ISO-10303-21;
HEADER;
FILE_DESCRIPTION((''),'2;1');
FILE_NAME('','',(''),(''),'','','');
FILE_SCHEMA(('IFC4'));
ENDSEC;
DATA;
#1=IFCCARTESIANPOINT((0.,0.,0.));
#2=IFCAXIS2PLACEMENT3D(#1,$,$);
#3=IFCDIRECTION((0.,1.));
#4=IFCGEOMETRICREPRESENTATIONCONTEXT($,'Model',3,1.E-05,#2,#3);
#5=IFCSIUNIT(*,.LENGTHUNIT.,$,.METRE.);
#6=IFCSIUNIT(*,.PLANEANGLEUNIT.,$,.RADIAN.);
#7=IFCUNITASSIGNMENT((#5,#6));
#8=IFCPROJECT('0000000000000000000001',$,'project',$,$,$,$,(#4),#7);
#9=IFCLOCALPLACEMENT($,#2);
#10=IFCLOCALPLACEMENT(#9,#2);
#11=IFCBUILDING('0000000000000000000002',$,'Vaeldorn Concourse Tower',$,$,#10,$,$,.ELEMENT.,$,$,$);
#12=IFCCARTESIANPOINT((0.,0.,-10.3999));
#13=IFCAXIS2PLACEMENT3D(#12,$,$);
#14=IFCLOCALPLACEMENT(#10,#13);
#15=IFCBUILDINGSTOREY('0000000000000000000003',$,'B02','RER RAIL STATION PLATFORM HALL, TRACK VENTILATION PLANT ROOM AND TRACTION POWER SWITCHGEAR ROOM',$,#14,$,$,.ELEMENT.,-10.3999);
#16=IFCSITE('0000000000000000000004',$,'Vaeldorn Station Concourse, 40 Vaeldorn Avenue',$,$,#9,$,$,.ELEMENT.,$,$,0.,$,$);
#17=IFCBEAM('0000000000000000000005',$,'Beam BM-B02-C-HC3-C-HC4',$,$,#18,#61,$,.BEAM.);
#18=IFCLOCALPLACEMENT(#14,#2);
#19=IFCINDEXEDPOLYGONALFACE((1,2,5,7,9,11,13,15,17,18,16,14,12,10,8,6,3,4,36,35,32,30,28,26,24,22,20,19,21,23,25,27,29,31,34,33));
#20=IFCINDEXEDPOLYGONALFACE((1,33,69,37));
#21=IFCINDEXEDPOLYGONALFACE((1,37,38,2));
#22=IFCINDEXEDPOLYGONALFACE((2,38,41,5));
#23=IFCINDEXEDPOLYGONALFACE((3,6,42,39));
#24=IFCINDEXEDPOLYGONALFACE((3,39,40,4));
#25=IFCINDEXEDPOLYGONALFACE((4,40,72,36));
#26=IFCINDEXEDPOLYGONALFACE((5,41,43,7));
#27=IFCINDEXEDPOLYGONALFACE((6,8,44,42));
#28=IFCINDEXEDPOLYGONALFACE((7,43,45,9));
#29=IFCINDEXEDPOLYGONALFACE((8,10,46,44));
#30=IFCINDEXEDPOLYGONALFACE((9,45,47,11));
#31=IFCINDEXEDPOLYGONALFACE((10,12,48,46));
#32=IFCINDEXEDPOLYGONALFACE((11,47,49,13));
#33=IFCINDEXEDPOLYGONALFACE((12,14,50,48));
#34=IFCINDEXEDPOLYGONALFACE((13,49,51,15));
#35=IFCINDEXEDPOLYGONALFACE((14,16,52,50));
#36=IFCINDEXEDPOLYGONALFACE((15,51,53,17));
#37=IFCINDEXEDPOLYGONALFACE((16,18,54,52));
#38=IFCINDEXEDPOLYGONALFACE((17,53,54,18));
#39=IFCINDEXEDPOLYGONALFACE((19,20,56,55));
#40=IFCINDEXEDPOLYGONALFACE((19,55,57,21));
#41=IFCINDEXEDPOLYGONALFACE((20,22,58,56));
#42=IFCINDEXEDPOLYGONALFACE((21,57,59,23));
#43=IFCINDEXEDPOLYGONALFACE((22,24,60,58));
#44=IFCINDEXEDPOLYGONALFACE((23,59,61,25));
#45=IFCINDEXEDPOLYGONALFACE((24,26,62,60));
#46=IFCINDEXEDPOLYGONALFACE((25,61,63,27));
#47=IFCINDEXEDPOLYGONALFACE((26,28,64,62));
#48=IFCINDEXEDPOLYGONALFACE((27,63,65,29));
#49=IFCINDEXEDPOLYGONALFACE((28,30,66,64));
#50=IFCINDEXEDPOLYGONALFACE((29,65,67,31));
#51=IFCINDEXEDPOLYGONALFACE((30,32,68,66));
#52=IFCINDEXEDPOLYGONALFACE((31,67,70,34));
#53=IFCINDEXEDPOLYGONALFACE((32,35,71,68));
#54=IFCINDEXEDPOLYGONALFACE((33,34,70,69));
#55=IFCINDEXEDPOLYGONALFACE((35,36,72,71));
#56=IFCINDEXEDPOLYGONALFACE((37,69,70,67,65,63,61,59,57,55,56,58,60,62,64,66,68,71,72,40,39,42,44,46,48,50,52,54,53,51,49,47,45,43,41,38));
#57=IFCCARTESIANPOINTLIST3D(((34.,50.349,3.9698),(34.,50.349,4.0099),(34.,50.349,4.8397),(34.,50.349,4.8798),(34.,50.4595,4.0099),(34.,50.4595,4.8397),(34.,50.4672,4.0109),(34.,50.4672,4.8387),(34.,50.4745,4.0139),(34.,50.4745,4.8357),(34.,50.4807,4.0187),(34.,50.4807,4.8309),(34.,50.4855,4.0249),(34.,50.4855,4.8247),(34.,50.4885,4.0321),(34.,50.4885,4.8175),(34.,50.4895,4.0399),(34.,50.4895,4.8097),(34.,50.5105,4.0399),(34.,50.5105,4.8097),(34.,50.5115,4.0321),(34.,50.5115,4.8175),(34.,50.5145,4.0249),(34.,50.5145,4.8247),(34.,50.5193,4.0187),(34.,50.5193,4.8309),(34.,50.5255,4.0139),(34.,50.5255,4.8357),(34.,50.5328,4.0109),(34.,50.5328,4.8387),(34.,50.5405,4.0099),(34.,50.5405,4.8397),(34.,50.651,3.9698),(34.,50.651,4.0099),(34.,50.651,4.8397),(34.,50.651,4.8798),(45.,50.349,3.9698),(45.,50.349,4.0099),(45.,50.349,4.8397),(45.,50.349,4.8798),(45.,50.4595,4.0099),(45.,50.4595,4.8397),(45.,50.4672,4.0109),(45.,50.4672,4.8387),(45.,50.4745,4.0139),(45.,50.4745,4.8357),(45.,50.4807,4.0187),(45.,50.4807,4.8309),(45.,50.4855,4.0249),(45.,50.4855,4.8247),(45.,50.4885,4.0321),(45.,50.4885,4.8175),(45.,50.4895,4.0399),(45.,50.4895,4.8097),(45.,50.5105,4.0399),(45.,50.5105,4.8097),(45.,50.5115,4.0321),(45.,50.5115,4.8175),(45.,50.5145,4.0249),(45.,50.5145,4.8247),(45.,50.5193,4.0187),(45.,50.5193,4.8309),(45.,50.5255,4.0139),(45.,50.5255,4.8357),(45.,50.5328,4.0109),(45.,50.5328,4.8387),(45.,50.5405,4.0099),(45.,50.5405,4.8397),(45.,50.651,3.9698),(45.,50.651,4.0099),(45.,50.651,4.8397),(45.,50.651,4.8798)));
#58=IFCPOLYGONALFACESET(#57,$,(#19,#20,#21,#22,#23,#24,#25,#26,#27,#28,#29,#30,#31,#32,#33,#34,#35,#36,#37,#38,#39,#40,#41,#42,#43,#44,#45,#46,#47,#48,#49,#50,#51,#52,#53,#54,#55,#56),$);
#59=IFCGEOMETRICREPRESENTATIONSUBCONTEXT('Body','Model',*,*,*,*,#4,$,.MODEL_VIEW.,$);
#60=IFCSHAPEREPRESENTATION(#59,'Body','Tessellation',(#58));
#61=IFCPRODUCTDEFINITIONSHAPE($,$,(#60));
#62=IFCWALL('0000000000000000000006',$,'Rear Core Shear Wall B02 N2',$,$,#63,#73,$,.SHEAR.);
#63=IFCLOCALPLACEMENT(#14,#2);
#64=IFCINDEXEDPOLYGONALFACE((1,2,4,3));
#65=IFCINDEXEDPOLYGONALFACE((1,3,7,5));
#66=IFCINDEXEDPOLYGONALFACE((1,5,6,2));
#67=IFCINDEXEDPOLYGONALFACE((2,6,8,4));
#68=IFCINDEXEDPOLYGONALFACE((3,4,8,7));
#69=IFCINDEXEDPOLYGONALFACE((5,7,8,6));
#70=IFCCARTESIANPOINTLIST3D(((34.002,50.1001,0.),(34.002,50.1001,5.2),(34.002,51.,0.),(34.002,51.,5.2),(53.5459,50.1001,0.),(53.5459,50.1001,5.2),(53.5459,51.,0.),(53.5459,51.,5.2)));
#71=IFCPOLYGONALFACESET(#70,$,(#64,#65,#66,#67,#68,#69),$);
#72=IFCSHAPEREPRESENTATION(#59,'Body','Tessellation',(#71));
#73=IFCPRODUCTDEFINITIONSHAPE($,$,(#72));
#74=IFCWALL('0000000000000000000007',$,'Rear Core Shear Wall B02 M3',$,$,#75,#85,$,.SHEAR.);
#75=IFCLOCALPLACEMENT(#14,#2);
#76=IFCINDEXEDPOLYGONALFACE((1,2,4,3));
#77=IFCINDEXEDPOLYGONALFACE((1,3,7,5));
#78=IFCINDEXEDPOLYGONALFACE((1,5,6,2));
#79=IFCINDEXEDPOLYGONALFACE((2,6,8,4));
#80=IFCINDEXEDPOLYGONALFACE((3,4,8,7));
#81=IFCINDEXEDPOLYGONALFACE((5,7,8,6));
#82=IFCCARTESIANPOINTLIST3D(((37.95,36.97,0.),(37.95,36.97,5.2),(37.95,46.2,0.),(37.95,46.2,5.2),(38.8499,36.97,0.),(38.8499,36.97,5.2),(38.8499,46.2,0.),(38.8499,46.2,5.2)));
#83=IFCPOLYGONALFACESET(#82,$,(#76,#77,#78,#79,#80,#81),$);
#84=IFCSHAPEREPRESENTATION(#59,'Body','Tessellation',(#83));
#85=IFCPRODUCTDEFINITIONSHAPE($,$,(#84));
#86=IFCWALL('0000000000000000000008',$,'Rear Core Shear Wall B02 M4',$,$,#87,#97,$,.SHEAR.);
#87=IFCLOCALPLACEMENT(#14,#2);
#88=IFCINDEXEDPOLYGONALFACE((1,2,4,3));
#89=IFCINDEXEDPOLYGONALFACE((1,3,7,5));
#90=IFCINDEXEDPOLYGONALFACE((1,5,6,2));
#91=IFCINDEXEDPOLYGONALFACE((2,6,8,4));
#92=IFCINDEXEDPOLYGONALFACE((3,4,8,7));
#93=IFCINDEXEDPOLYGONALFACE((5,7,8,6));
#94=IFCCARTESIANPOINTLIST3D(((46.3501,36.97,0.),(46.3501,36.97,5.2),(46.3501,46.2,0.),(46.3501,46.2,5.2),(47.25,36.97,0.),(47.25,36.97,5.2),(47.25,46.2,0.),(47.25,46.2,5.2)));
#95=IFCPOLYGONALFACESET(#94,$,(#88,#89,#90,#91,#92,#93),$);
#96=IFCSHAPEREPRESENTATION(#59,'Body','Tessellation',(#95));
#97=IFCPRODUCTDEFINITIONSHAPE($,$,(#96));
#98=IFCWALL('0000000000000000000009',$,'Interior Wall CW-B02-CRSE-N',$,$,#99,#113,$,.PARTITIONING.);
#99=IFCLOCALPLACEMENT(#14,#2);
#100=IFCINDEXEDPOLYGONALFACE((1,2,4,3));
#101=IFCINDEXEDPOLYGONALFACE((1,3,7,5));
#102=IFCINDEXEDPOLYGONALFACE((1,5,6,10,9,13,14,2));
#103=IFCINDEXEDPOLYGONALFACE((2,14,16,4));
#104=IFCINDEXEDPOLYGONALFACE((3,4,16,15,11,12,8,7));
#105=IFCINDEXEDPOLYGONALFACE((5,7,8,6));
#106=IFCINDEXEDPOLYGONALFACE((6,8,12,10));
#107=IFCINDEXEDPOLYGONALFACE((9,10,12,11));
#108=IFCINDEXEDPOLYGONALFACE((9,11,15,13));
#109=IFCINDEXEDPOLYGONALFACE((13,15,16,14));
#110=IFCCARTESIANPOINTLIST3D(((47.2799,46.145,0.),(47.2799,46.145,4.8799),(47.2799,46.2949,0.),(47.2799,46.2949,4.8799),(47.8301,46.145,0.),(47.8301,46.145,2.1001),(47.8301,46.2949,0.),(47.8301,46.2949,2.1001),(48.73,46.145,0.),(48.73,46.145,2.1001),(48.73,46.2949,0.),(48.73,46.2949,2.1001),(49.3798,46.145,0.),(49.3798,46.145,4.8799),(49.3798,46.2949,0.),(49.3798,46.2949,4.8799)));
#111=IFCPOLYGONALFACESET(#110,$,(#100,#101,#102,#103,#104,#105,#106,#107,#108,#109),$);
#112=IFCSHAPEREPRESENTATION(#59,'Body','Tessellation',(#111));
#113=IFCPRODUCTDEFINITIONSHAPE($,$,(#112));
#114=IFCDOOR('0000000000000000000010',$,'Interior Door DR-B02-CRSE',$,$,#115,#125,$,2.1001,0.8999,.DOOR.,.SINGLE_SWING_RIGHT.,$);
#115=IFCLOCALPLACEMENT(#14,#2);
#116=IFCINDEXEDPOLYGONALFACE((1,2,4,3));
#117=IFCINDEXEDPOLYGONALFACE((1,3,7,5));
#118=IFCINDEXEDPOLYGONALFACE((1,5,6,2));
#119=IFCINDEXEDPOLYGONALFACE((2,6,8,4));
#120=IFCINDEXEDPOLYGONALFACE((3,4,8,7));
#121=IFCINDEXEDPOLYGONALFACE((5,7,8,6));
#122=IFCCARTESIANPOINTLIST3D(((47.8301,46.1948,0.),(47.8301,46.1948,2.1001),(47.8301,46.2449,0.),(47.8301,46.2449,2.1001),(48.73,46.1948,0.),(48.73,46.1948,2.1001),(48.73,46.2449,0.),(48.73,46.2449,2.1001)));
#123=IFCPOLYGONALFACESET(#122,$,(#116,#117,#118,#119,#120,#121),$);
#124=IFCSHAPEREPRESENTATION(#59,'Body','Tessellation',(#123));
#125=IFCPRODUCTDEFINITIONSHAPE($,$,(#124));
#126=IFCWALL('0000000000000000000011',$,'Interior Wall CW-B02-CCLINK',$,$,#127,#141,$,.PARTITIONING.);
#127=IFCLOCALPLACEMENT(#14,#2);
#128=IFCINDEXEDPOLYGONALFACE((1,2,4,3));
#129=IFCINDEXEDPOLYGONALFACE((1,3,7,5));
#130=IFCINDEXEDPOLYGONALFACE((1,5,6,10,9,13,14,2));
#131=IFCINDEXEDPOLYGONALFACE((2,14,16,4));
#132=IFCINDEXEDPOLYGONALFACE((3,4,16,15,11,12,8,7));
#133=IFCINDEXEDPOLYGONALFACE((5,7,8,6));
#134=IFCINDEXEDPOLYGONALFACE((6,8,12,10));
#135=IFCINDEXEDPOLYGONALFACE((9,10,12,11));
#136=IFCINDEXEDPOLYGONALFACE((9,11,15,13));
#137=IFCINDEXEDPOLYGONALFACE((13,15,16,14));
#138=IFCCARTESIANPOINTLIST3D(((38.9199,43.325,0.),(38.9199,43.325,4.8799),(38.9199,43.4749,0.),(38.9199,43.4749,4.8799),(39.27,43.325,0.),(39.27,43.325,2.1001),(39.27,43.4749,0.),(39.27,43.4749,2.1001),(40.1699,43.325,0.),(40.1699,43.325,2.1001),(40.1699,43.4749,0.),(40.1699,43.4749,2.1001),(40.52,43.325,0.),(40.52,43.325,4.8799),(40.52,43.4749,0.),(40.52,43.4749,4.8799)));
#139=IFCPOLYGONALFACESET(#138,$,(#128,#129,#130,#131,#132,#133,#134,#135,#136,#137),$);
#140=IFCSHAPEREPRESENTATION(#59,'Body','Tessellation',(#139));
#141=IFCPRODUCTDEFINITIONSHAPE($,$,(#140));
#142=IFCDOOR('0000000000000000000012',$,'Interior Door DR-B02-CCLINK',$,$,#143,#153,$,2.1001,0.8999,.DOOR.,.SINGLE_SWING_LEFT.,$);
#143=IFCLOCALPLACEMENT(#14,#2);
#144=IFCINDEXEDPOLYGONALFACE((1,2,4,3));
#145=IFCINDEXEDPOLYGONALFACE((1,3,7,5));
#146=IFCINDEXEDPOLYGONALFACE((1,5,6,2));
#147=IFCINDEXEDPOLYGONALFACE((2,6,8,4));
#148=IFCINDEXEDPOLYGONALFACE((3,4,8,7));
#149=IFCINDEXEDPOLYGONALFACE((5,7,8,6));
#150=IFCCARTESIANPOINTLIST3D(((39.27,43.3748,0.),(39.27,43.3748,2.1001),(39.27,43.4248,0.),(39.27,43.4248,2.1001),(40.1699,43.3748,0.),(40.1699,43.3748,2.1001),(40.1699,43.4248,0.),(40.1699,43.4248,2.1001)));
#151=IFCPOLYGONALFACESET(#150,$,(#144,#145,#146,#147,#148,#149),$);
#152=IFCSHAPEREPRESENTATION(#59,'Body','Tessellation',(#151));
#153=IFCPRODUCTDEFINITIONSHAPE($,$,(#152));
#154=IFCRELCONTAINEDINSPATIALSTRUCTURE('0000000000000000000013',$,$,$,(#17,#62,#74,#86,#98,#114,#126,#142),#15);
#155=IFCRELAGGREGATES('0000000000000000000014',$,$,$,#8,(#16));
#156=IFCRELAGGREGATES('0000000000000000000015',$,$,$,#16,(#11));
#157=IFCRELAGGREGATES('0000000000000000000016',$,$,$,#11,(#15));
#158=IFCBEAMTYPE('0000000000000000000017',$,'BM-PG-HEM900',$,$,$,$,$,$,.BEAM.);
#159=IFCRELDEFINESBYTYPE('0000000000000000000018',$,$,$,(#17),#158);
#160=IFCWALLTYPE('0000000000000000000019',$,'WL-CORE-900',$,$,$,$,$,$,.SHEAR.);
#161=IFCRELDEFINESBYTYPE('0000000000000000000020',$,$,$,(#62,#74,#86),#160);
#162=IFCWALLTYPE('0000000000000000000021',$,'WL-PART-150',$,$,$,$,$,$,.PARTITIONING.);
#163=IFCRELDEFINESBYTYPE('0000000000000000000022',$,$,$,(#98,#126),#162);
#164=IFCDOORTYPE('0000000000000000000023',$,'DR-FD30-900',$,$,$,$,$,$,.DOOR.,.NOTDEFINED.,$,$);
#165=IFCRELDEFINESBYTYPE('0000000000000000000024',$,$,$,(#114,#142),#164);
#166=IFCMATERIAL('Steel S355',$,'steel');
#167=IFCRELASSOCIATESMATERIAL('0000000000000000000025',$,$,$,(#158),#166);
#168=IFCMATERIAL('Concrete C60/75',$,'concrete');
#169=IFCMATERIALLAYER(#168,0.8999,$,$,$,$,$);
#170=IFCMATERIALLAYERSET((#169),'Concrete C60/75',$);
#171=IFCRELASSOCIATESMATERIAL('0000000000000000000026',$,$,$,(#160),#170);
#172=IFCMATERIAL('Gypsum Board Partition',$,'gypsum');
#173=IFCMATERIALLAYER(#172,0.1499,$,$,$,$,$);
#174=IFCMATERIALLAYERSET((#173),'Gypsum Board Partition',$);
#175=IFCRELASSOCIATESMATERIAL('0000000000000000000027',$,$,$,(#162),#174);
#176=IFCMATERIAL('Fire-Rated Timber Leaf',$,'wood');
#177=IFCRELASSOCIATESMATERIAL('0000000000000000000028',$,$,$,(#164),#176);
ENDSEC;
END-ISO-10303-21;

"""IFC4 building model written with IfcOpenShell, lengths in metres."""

from ifc_helpers import new_model, si_unit, direction, frame, frame_2d, origin, origin_2d, place, context, subcontext, project, spatial, rectangle, i_section, extrude, source, transform, mapped, material, layer, layer_set, material_profile, profile_set, type_object, element, fill, save


model = new_model("IFC4")

# Units and contexts
model_context = context("Model", 3, precision=1e-05, world=origin(), true_north=direction((0.0, 1.0)))
body_context = subcontext(model_context, "Body", "Model", "MODEL_VIEW")
ifc_project = project(units=[si_unit("LENGTHUNIT", "METRE"), si_unit("PLANEANGLEUNIT", "RADIAN")], contexts=[model_context])

# Site, building, storey
site_placement = place(None, origin())
site = spatial("IfcSite", under=ifc_project, at=site_placement, Name="Vaeldorn Station Concourse, 40 Vaeldorn Avenue", CompositionType="ELEMENT", RefElevation=0.0)
building_placement = place(site_placement, origin())
building = spatial("IfcBuilding", under=site, at=building_placement, Name="Vaeldorn Concourse Tower", CompositionType="ELEMENT")
storey_placement = place(building_placement, frame((0.0, 0.0, -10.3999)))
storey = spatial("IfcBuildingStorey", under=building, at=storey_placement, Name="B02", Description="RER RAIL STATION PLATFORM HALL, TRACK VENTILATION PLANT ROOM AND TRACTION POWER SWITCHGEAR ROOM", CompositionType="ELEMENT", Elevation=-10.3999)

# Beam
ifc_material_1 = material(Name="Steel S355", Category="steel")
ifc_material_profile_1 = material_profile(ifc_material_1, i_section(OverallWidth=0.302, OverallDepth=0.9099, WebThickness=0.021, FlangeThickness=0.04, FilletRadius=0.03, at=origin_2d()), Name="HEM 900")
ifc_profile_set_1 = profile_set([ifc_material_profile_1], Name="Steel S355")
beam_type_1 = type_object("IfcBeamType", Name="BM-PG-HEM900", PredefinedType="BEAM", material=ifc_profile_set_1)
shared_shape_1 = source(origin(), body_context, "Body", "SweptSolid", [
    extrude(i_section(OverallWidth=0.302, OverallDepth=0.9099, WebThickness=0.021, FlangeThickness=0.04, FilletRadius=0.03, at=origin_2d()), origin(), (0.0, 0.0, 1.0), 11.0),
])
beam_1_placement = place(storey_placement, frame((34.0, 50.5, 4.4248), z_axis=(1.0, 0.0, 0.0), x_axis=(0.0, 1.0, 0.0)))
element("IfcBeam", 1, at=beam_1_placement, inside=storey, type_object=beam_type_1, Name="Beam BM-B02-C-HC3-C-HC4", PredefinedType="BEAM", context=body_context, shape_type="MappedRepresentation", body=[
    mapped(shared_shape_1, transform((0.0, 0.0, 0.0), scale=1.0)),
])

# Walls
ifc_material_2 = material(Name="Concrete C60/75", Category="concrete")
ifc_layer_1 = layer(ifc_material_2, 0.8999)
ifc_layer_set_1 = layer_set([ifc_layer_1], Name="Concrete C60/75")
wall_type_1 = type_object("IfcWallType", Name="WL-CORE-900", PredefinedType="SHEAR", material=ifc_layer_set_1)
wall_1_placement = place(storey_placement, frame((34.002, 50.55, 0.0), z_axis=(0.0, 0.0, 1.0), x_axis=(1.0, 0.0, 0.0)))
element("IfcWall", 2, at=wall_1_placement, inside=storey, type_object=wall_type_1, Name="Rear Core Shear Wall B02 N2", PredefinedType="SHEAR", context=body_context, shape_type="SweptSolid", body=[
    extrude(rectangle(XDim=19.5439, YDim=0.8999, at=frame_2d((9.772, 0.0))), origin(), (0.0, 0.0, 1.0), 5.2),
])
for number, where, z_axis, x_axis, name in (
    (3, (38.3999, 36.97, 0.0), (0.0, 0.0, 1.0), (0.0, 1.0, 0.0), "Rear Core Shear Wall B02 M3"),
    (4, (46.8, 36.97, 0.0), (0.0, 0.0, 1.0), (0.0, 1.0, 0.0), "Rear Core Shear Wall B02 M4"),
):
    element("IfcWall", number, at=place(storey_placement, frame(where, z_axis=z_axis, x_axis=x_axis)), inside=storey, type_object=wall_type_1, Name=name, PredefinedType="SHEAR", context=body_context, shape_type="SweptSolid", body=[
        extrude(rectangle(XDim=9.23, YDim=0.8999, at=frame_2d((4.615, 0.0))), origin(), (0.0, 0.0, 1.0), 5.2),
    ])

# Walls, openings, doors
ifc_material_3 = material(Name="Gypsum Board Partition", Category="gypsum")
ifc_layer_2 = layer(ifc_material_3, 0.1499)
ifc_layer_set_2 = layer_set([ifc_layer_2], Name="Gypsum Board Partition")
wall_type_2 = type_object("IfcWallType", Name="WL-PART-150", PredefinedType="PARTITIONING", material=ifc_layer_set_2)
wall_2_placement = place(storey_placement, frame((47.28, 46.22, 0.0), z_axis=(0.0, 0.0, 1.0), x_axis=(1.0, 0.0, 0.0)))
wall_2 = element("IfcWall", 5, at=wall_2_placement, inside=storey, type_object=wall_type_2, Name="Interior Wall CW-B02-CRSE-N", PredefinedType="PARTITIONING", context=body_context, shape_type="SweptSolid", body=[
    extrude(rectangle(XDim=2.0999, YDim=0.1499, at=frame_2d((1.0498, 0.0))), origin(), (0.0, 0.0, 1.0), 4.8799),
])
opening_1_placement = place(wall_2_placement, frame((0.55, 0.0, 0.0)))
opening_1 = element("IfcOpeningElement", 6, at=opening_1_placement, cuts=wall_2, PredefinedType="OPENING", context=body_context, shape_type="SweptSolid", body=[
    extrude(rectangle(XDim=0.8999, YDim=2.1001, at=frame_2d((0.45, 1.05))), frame((0.0, 0.085, 0.0), z_axis=(0.0, -1.0, 0.0), x_axis=(1.0, 0.0, 0.0)), (0.0, 0.0, 1.0), 0.1699),
])
ifc_material_4 = material(Name="Fire-Rated Timber Leaf", Category="wood")
door_type_1 = type_object("IfcDoorType", Name="DR-FD30-900", OperationType="NOTDEFINED", PredefinedType="DOOR", material=ifc_material_4)
shared_shape_2 = source(origin(), body_context, "Body", "SweptSolid", [
    extrude(rectangle(XDim=0.8999, YDim=2.1001, at=frame_2d((0.45, 1.05))), frame((0.0, 0.0249, 0.0), z_axis=(0.0, -1.0, 0.0), x_axis=(1.0, 0.0, 0.0)), (0.0, 0.0, 1.0), 0.05),
])
door_1_placement = place(opening_1_placement, origin())
door_1 = element("IfcDoor", 7, at=door_1_placement, inside=storey, type_object=door_type_1, Name="Interior Door DR-B02-CRSE", OperationType="SINGLE_SWING_RIGHT", OverallHeight=2.1001, OverallWidth=0.8999, PredefinedType="DOOR", context=body_context, shape_type="MappedRepresentation", body=[
    mapped(shared_shape_2, transform((0.0, 0.0, 0.0), scale=1.0)),
])
fill(opening_1, door_1)
wall_3_placement = place(storey_placement, frame((38.9199, 43.3999, 0.0), z_axis=(0.0, 0.0, 1.0), x_axis=(1.0, 0.0, 0.0)))
wall_3 = element("IfcWall", 8, at=wall_3_placement, inside=storey, type_object=wall_type_2, Name="Interior Wall CW-B02-CCLINK", PredefinedType="PARTITIONING", context=body_context, shape_type="SweptSolid", body=[
    extrude(rectangle(XDim=1.6001, YDim=0.1499, at=frame_2d((0.8, 0.0))), origin(), (0.0, 0.0, 1.0), 4.8799),
])
opening_2_placement = place(wall_3_placement, frame((0.3501, 0.0, 0.0)))
opening_2 = element("IfcOpeningElement", 9, at=opening_2_placement, cuts=wall_3, PredefinedType="OPENING", context=body_context, shape_type="SweptSolid", body=[
    extrude(rectangle(XDim=0.8999, YDim=2.1001, at=frame_2d((0.45, 1.05))), frame((0.0, 0.085, 0.0), z_axis=(0.0, -1.0, 0.0), x_axis=(1.0, 0.0, 0.0)), (0.0, 0.0, 1.0), 0.1699),
])
door_2_placement = place(opening_2_placement, origin())
door_2 = element("IfcDoor", 10, at=door_2_placement, inside=storey, type_object=door_type_1, Name="Interior Door DR-B02-CCLINK", OperationType="SINGLE_SWING_LEFT", OverallHeight=2.1001, OverallWidth=0.8999, PredefinedType="DOOR", context=body_context, shape_type="MappedRepresentation", body=[
    mapped(shared_shape_2, transform((0.0, 0.0, 0.0), scale=1.0)),
])
fill(opening_2, door_2)

save(model, "model.ifc")
